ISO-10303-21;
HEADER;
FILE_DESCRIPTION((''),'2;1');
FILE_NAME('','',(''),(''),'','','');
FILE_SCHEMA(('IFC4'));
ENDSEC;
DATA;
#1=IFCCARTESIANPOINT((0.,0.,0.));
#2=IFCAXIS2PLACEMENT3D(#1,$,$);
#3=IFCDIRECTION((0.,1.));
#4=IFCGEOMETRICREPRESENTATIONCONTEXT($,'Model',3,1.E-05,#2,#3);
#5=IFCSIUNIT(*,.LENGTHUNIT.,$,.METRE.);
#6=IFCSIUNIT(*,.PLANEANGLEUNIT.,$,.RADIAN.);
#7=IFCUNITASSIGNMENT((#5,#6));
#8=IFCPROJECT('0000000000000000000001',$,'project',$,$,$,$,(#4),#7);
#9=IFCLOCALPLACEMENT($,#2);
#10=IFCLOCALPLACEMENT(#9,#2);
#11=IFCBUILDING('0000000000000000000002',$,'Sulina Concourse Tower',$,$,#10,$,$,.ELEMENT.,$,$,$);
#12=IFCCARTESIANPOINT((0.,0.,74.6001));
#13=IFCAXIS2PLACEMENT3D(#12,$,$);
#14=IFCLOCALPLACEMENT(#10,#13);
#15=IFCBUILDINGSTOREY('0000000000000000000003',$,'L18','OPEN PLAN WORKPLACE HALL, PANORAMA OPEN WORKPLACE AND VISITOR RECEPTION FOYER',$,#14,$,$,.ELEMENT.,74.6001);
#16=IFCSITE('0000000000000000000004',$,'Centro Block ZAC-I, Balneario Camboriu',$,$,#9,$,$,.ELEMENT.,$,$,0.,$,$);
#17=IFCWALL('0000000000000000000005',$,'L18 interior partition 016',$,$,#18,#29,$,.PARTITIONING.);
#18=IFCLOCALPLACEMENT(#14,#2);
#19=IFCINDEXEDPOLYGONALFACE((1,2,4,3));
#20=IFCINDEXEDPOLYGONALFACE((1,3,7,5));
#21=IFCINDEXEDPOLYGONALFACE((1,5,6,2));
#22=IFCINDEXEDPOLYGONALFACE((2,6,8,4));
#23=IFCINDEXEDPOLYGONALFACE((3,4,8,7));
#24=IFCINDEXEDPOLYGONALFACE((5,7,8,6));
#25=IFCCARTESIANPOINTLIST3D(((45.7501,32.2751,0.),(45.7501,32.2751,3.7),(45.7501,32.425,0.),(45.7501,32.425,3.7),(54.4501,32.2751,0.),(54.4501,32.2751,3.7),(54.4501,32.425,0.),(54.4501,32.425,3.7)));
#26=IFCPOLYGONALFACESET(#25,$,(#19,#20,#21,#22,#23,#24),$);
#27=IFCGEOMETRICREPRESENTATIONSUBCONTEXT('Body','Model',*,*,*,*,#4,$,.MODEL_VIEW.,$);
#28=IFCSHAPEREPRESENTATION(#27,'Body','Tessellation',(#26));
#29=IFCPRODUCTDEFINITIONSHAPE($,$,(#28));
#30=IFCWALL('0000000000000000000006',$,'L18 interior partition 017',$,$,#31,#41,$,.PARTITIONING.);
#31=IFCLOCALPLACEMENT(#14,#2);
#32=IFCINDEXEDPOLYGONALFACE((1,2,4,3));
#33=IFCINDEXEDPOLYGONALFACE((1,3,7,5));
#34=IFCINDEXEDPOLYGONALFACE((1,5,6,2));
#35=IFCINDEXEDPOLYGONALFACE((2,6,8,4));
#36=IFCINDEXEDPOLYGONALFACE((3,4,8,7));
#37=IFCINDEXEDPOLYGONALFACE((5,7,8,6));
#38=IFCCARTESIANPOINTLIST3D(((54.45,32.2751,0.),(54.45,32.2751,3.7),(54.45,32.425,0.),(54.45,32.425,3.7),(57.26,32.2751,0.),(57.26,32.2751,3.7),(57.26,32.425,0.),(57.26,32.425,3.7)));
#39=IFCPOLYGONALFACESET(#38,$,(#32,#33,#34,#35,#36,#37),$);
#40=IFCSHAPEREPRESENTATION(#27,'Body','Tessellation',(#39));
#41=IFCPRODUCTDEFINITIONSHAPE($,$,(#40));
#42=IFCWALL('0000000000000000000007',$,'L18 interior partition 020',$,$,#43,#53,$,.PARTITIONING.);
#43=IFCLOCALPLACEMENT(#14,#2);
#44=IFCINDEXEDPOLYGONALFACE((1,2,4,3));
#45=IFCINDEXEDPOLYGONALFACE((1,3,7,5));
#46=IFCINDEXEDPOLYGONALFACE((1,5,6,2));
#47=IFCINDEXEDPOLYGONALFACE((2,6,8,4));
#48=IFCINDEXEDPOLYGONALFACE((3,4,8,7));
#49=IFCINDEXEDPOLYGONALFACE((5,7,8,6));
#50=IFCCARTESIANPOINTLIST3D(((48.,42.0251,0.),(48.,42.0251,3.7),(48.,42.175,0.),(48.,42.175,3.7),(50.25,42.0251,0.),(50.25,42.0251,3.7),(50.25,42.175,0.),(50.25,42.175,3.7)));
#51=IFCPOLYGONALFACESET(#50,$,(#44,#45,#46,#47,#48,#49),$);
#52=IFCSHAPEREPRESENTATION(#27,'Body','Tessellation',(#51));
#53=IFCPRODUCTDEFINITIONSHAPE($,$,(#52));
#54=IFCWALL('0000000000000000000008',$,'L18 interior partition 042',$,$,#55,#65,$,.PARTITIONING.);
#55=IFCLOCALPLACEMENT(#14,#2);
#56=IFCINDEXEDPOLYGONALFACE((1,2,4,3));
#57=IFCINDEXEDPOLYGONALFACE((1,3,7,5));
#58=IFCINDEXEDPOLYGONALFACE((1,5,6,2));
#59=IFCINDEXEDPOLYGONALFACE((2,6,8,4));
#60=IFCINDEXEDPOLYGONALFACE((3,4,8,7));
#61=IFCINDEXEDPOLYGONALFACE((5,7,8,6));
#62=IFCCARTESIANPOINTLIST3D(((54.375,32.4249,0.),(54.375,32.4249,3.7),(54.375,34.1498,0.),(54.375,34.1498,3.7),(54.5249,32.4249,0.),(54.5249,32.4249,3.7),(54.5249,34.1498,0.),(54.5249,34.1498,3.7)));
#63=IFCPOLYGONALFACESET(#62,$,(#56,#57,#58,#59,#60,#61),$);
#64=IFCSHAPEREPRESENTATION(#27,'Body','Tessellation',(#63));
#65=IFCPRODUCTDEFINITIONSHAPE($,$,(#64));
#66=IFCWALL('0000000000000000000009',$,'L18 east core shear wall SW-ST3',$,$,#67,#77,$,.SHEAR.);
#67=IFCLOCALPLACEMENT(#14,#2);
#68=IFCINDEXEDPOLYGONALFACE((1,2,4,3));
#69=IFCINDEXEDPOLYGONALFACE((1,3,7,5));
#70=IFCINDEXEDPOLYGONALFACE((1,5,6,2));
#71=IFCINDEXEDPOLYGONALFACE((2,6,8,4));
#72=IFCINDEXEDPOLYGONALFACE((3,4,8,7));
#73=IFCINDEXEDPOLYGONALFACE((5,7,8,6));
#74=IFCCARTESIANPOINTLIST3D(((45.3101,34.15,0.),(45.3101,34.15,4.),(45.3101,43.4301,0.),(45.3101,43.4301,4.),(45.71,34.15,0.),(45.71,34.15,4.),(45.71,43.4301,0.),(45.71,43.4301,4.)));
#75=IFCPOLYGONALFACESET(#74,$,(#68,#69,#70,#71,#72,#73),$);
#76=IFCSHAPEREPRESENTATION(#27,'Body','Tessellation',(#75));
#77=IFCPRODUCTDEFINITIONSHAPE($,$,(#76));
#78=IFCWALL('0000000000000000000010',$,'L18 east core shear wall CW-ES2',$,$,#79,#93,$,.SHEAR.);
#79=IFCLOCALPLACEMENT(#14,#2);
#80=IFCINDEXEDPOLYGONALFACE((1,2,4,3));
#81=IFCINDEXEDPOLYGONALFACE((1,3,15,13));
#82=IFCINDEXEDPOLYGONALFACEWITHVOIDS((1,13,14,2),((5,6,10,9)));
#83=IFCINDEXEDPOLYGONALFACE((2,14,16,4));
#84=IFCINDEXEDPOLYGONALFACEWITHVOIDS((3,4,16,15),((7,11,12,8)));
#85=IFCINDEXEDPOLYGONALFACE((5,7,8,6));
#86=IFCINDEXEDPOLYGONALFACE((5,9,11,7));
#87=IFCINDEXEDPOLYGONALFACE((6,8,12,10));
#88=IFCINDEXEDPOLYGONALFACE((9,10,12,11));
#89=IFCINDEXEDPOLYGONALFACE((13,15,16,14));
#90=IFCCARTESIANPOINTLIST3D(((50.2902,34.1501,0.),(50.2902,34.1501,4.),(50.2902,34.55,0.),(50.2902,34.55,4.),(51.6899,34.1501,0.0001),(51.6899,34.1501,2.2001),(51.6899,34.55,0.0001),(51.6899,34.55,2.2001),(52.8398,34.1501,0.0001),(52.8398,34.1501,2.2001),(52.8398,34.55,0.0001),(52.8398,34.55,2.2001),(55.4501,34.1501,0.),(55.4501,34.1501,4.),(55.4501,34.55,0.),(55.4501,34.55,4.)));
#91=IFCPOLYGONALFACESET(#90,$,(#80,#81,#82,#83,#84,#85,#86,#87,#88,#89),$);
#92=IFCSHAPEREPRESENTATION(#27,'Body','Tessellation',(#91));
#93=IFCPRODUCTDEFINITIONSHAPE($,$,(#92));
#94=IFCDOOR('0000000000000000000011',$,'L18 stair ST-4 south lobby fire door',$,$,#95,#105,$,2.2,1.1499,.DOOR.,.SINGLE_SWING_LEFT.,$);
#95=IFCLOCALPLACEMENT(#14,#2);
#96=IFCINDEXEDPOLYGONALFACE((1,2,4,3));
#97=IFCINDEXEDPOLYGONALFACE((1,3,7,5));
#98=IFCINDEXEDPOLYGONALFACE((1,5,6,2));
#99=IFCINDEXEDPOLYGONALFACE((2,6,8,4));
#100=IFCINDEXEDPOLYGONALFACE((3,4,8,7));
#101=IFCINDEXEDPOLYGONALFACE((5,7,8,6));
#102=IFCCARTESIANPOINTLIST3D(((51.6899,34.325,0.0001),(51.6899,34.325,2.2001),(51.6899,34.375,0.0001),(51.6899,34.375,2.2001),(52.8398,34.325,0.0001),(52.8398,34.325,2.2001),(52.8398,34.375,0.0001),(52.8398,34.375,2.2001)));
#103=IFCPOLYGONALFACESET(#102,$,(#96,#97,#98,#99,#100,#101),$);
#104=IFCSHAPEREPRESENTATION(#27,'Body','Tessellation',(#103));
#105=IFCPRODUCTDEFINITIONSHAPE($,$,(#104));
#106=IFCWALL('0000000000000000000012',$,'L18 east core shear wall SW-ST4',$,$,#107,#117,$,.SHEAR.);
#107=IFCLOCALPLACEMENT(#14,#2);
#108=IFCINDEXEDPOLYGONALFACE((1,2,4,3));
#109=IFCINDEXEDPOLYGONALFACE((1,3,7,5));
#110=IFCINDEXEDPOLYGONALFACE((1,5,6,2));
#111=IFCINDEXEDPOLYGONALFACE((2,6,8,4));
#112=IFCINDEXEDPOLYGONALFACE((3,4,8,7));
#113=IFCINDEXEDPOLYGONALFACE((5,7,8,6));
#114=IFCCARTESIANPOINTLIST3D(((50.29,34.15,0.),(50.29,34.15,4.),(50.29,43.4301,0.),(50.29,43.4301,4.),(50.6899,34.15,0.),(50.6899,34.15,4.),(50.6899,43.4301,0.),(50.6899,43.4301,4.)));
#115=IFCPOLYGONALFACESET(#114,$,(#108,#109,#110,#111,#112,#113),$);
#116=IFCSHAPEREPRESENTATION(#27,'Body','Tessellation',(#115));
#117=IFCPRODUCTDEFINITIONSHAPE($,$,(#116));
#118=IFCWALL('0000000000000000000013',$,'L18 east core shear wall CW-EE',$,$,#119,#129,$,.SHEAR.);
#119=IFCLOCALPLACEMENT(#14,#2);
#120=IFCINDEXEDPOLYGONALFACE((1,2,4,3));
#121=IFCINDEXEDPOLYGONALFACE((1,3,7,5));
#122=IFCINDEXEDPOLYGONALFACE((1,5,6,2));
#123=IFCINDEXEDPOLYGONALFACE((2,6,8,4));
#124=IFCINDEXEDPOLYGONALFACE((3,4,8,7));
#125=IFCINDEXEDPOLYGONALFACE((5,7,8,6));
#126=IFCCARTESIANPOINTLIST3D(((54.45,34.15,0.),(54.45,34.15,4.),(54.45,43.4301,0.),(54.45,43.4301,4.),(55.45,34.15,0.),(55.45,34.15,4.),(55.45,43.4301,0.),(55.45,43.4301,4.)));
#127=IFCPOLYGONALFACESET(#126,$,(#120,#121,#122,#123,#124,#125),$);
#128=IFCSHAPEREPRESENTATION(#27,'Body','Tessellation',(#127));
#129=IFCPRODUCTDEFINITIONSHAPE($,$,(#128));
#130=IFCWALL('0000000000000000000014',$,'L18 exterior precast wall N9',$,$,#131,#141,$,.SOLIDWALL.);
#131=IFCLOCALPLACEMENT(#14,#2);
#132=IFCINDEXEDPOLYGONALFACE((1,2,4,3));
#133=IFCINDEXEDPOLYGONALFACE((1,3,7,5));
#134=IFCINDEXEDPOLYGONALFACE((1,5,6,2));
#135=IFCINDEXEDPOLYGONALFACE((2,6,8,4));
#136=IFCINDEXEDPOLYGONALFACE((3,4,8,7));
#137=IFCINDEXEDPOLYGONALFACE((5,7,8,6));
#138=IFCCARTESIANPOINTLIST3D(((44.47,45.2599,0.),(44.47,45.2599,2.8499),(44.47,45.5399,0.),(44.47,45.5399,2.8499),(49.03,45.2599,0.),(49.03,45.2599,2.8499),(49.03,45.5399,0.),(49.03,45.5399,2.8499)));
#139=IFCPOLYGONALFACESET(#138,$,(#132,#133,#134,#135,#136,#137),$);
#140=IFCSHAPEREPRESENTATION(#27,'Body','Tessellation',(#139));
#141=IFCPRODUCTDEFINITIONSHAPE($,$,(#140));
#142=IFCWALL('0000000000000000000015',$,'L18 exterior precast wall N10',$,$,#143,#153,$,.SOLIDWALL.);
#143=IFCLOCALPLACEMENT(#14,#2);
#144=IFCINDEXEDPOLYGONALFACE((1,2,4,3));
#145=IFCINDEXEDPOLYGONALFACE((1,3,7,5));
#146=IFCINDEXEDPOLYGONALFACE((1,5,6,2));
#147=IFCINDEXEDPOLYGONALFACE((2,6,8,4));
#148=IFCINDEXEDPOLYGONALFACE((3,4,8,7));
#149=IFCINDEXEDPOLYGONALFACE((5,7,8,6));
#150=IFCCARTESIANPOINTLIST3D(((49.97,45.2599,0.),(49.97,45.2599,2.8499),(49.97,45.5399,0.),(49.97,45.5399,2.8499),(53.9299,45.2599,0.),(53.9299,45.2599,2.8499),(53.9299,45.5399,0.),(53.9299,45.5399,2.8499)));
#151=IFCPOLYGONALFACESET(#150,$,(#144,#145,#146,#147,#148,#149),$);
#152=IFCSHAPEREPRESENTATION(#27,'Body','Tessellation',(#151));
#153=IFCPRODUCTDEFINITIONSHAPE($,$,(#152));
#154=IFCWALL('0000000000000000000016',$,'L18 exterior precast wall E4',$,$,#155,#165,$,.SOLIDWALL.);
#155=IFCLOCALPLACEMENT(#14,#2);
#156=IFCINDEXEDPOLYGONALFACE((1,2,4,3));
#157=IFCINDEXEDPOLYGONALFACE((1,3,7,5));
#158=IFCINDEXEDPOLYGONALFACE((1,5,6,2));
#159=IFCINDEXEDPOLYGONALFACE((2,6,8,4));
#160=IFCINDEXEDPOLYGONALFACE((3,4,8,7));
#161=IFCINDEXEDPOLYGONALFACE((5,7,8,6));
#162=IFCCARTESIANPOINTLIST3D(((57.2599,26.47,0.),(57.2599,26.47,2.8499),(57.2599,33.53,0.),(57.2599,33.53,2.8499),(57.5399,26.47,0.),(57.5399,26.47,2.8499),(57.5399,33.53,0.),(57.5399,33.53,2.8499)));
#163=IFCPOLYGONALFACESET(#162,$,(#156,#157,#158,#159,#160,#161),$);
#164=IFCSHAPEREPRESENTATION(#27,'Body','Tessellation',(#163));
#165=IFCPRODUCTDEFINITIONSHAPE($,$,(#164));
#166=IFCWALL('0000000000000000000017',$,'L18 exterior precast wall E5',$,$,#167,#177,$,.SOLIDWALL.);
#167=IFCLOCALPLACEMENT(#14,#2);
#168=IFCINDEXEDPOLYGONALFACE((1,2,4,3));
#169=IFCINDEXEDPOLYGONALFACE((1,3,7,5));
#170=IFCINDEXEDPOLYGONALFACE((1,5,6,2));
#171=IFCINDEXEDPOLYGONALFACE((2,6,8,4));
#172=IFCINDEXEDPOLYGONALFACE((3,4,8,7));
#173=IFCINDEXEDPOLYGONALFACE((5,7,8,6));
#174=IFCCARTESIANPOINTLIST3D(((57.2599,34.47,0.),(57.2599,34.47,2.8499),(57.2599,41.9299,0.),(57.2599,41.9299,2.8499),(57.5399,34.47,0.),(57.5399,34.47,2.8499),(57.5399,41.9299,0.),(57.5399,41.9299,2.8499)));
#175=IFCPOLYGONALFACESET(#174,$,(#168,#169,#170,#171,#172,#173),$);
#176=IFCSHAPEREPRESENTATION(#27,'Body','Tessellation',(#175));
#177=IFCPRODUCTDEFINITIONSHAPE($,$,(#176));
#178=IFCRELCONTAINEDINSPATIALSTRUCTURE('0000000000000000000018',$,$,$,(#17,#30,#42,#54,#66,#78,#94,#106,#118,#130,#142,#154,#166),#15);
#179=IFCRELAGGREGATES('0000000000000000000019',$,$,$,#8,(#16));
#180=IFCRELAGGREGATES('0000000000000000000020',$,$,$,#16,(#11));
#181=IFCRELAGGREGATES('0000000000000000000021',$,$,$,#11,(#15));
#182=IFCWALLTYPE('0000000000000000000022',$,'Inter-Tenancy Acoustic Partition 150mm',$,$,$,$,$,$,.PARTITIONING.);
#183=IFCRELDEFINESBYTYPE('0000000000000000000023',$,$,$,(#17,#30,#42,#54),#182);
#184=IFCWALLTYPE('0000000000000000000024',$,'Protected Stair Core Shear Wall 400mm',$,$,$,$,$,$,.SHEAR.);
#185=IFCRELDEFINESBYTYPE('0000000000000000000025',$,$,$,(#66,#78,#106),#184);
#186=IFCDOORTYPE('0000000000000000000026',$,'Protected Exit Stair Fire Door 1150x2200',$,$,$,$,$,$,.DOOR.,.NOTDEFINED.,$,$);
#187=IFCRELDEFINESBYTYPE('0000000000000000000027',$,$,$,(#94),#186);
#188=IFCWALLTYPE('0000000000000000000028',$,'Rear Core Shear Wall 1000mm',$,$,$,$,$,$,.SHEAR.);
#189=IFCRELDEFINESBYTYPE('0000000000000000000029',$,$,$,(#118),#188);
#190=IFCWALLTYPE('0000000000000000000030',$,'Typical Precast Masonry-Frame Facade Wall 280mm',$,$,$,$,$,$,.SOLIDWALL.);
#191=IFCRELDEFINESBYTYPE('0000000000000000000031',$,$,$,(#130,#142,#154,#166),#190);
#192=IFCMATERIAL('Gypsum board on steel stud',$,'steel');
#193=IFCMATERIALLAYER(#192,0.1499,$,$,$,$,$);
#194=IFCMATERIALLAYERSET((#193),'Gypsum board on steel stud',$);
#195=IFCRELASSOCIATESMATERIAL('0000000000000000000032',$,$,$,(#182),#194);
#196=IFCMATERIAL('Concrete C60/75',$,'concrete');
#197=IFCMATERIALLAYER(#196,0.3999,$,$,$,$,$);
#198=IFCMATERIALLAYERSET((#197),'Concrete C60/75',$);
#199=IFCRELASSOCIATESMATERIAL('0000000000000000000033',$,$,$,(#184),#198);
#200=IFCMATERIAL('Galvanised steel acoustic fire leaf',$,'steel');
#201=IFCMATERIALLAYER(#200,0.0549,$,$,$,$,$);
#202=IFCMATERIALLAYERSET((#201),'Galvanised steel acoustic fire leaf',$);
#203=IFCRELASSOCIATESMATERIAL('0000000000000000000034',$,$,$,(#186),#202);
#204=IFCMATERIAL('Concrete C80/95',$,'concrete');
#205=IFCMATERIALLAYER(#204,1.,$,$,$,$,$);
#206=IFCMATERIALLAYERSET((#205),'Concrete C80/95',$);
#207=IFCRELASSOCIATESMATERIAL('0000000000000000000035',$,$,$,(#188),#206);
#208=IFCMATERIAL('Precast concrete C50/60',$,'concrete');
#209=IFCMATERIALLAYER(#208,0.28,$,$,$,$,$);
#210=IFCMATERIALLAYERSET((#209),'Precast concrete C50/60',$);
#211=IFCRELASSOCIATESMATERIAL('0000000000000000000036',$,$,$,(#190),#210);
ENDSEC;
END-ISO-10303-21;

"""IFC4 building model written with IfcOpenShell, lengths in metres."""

from ifc_helpers import new_model, si_unit, direction, frame, frame_2d, origin, place, context, subcontext, project, spatial, rectangle, extrude, material, layer, layer_set, type_object, element, fill, save


model = new_model("IFC4")

# Units and contexts
model_context = context("Model", 3, precision=1e-05, world=origin(), true_north=direction((0.0, 1.0)))
body_context = subcontext(model_context, "Body", "Model", "MODEL_VIEW")
ifc_project = project(units=[si_unit("LENGTHUNIT", "METRE"), si_unit("PLANEANGLEUNIT", "RADIAN")], contexts=[model_context])

# Site, building, storey
site_placement = place(None, origin())
site = spatial("IfcSite", under=ifc_project, at=site_placement, Name="Centro Block ZAC-I, Balneario Camboriu", CompositionType="ELEMENT", RefElevation=0.0)
building_placement = place(site_placement, origin())
building = spatial("IfcBuilding", under=site, at=building_placement, Name="Sulina Concourse Tower", CompositionType="ELEMENT")
storey_placement = place(building_placement, frame((0.0, 0.0, 74.6001)))
storey = spatial("IfcBuildingStorey", under=building, at=storey_placement, Name="L18", Description="OPEN PLAN WORKPLACE HALL, PANORAMA OPEN WORKPLACE AND VISITOR RECEPTION FOYER", CompositionType="ELEMENT", Elevation=74.6001)

# Walls
ifc_material_1 = material(Name="Gypsum board on steel stud", Category="steel")
ifc_layer_1 = layer(ifc_material_1, 0.1499)
ifc_layer_set_1 = layer_set([ifc_layer_1], Name="Gypsum board on steel stud")
wall_type_1 = type_object("IfcWallType", Name="Inter-Tenancy Acoustic Partition 150mm", PredefinedType="PARTITIONING", material=ifc_layer_set_1)
wall_1_placement = place(storey_placement, frame((45.75, 32.3501, 0.0), z_axis=(0.0, 0.0, 1.0), x_axis=(1.0, 0.0, 0.0)))
element("IfcWall", 1, at=wall_1_placement, inside=storey, type_object=wall_type_1, Name="L18 interior partition 016", PredefinedType="PARTITIONING", context=body_context, shape_type="SweptSolid", body=[
    extrude(rectangle(XDim=8.7, YDim=0.1499, at=frame_2d((4.3501, 0.0))), origin(), (0.0, 0.0, 1.0), 3.7),
])
wall_2_placement = place(storey_placement, frame((54.45, 32.3501, 0.0), z_axis=(0.0, 0.0, 1.0), x_axis=(1.0, 0.0, 0.0)))
element("IfcWall", 2, at=wall_2_placement, inside=storey, type_object=wall_type_1, Name="L18 interior partition 017", PredefinedType="PARTITIONING", context=body_context, shape_type="SweptSolid", body=[
    extrude(rectangle(XDim=2.8101, YDim=0.1499, at=frame_2d((1.405, 0.0))), origin(), (0.0, 0.0, 1.0), 3.7),
])
wall_3_placement = place(storey_placement, frame((48.0, 42.1001, 0.0), z_axis=(0.0, 0.0, 1.0), x_axis=(1.0, 0.0, 0.0)))
element("IfcWall", 3, at=wall_3_placement, inside=storey, type_object=wall_type_1, Name="L18 interior partition 020", PredefinedType="PARTITIONING", context=body_context, shape_type="SweptSolid", body=[
    extrude(rectangle(XDim=2.25, YDim=0.1499, at=frame_2d((1.125, 0.0))), origin(), (0.0, 0.0, 1.0), 3.7),
])
wall_4_placement = place(storey_placement, frame((54.45, 32.425, 0.0), z_axis=(0.0, 0.0, 1.0), x_axis=(0.0, 1.0, 0.0)))
element("IfcWall", 4, at=wall_4_placement, inside=storey, type_object=wall_type_1, Name="L18 interior partition 042", PredefinedType="PARTITIONING", context=body_context, shape_type="SweptSolid", body=[
    extrude(rectangle(XDim=1.7249, YDim=0.1499, at=frame_2d((0.8623, 0.0))), origin(), (0.0, 0.0, 1.0), 3.7),
])
ifc_material_2 = material(Name="Concrete C60/75", Category="concrete")
ifc_layer_2 = layer(ifc_material_2, 0.3999)
ifc_layer_set_2 = layer_set([ifc_layer_2], Name="Concrete C60/75")
wall_type_2 = type_object("IfcWallType", Name="Protected Stair Core Shear Wall 400mm", PredefinedType="SHEAR", material=ifc_layer_set_2)
wall_5_placement = place(storey_placement, frame((45.51, 34.1499, 0.0), z_axis=(0.0, 0.0, 1.0), x_axis=(0.0, 1.0, 0.0)))
element("IfcWall", 5, at=wall_5_placement, inside=storey, type_object=wall_type_2, Name="L18 east core shear wall SW-ST3", PredefinedType="SHEAR", context=body_context, shape_type="SweptSolid", body=[
    extrude(rectangle(XDim=9.28, YDim=0.3999, at=frame_2d((4.6401, 0.0))), origin(), (0.0, 0.0, 1.0), 4.0),
])

# Wall, opening, door
wall_6_placement = place(storey_placement, frame((50.29, 34.3501, 0.0), z_axis=(0.0, 0.0, 1.0), x_axis=(1.0, 0.0, 0.0)))
wall_6 = element("IfcWall", 6, at=wall_6_placement, inside=storey, type_object=wall_type_2, Name="L18 east core shear wall CW-ES2", PredefinedType="SHEAR", context=body_context, shape_type="SweptSolid", body=[
    extrude(rectangle(XDim=5.1599, YDim=0.3999, at=frame_2d((2.5801, 0.0))), origin(), (0.0, 0.0, 1.0), 4.0),
])
opening_1_placement = place(wall_6_placement, frame((1.3999, 0.0, 0.0)))
opening_1 = element("IfcOpeningElement", 7, at=opening_1_placement, cuts=wall_6, PredefinedType="OPENING", context=body_context, shape_type="SweptSolid", body=[
    extrude(rectangle(XDim=1.1499, YDim=2.2, at=frame_2d((0.575, 1.1001))), frame((0.0, 0.21, 0.0), z_axis=(0.0, -1.0, 0.0), x_axis=(1.0, 0.0, 0.0)), (0.0, 0.0, 1.0), 0.4199),
])
ifc_material_3 = material(Name="Galvanised steel acoustic fire leaf", Category="steel")
ifc_layer_3 = layer(ifc_material_3, 0.0549)
ifc_layer_set_3 = layer_set([ifc_layer_3], Name="Galvanised steel acoustic fire leaf")
door_type_1 = type_object("IfcDoorType", Name="Protected Exit Stair Fire Door 1150x2200", OperationType="NOTDEFINED", PredefinedType="DOOR", material=ifc_layer_set_3)
door_1_placement = place(opening_1_placement, origin())
door_1 = element("IfcDoor", 8, at=door_1_placement, inside=storey, type_object=door_type_1, Name="L18 stair ST-4 south lobby fire door", OperationType="SINGLE_SWING_LEFT", OverallHeight=2.2, OverallWidth=1.1499, PredefinedType="DOOR", context=body_context, shape_type="SweptSolid", body=[
    extrude(rectangle(XDim=1.1499, YDim=2.2, at=frame_2d((0.575, 1.1001))), frame((0.0, 0.0249, 0.0), z_axis=(0.0, -1.0, 0.0), x_axis=(1.0, 0.0, 0.0)), (0.0, 0.0, 1.0), 0.05),
])
fill(opening_1, door_1)

# Walls
wall_7_placement = place(storey_placement, frame((50.49, 34.1499, 0.0), z_axis=(0.0, 0.0, 1.0), x_axis=(0.0, 1.0, 0.0)))
element("IfcWall", 9, at=wall_7_placement, inside=storey, type_object=wall_type_2, Name="L18 east core shear wall SW-ST4", PredefinedType="SHEAR", context=body_context, shape_type="SweptSolid", body=[
    extrude(rectangle(XDim=9.28, YDim=0.3999, at=frame_2d((4.6401, 0.0))), origin(), (0.0, 0.0, 1.0), 4.0),
])
ifc_material_4 = material(Name="Concrete C80/95", Category="concrete")
ifc_layer_4 = layer(ifc_material_4, 1.0)
ifc_layer_set_4 = layer_set([ifc_layer_4], Name="Concrete C80/95")
wall_type_3 = type_object("IfcWallType", Name="Rear Core Shear Wall 1000mm", PredefinedType="SHEAR", material=ifc_layer_set_4)
wall_8_placement = place(storey_placement, frame((54.95, 34.1499, 0.0), z_axis=(0.0, 0.0, 1.0), x_axis=(0.0, 1.0, 0.0)))
element("IfcWall", 10, at=wall_8_placement, inside=storey, type_object=wall_type_3, Name="L18 east core shear wall CW-EE", PredefinedType="SHEAR", context=body_context, shape_type="SweptSolid", body=[
    extrude(rectangle(XDim=9.28, YDim=1.0, at=frame_2d((4.6401, 0.0))), origin(), (0.0, 0.0, 1.0), 4.0),
])
ifc_material_5 = material(Name="Precast concrete C50/60", Category="concrete")
ifc_layer_5 = layer(ifc_material_5, 0.28)
ifc_layer_set_5 = layer_set([ifc_layer_5], Name="Precast concrete C50/60")
wall_type_4 = type_object("IfcWallType", Name="Typical Precast Masonry-Frame Facade Wall 280mm", PredefinedType="SOLIDWALL", material=ifc_layer_set_5)
wall_9_placement = place(storey_placement, frame((44.47, 45.3999, 0.0), z_axis=(0.0, 0.0, 1.0), x_axis=(1.0, 0.0, 0.0)))
element("IfcWall", 11, at=wall_9_placement, inside=storey, type_object=wall_type_4, Name="L18 exterior precast wall N9", PredefinedType="SOLIDWALL", context=body_context, shape_type="SweptSolid", body=[
    extrude(rectangle(XDim=4.5601, YDim=0.28, at=frame_2d((2.28, 0.0))), origin(), (0.0, 0.0, 1.0), 2.8499),
])
wall_10_placement = place(storey_placement, frame((49.97, 45.3999, 0.0), z_axis=(0.0, 0.0, 1.0), x_axis=(1.0, 0.0, 0.0)))
element("IfcWall", 12, at=wall_10_placement, inside=storey, type_object=wall_type_4, Name="L18 exterior precast wall N10", PredefinedType="SOLIDWALL", context=body_context, shape_type="SweptSolid", body=[
    extrude(rectangle(XDim=3.96, YDim=0.28, at=frame_2d((1.98, 0.0))), origin(), (0.0, 0.0, 1.0), 2.8499),
])
wall_11_placement = place(storey_placement, frame((57.3999, 33.53, 0.0), z_axis=(0.0, 0.0, 1.0), x_axis=(0.0, -1.0, 0.0)))
element("IfcWall", 13, at=wall_11_placement, inside=storey, type_object=wall_type_4, Name="L18 exterior precast wall E4", PredefinedType="SOLIDWALL", context=body_context, shape_type="SweptSolid", body=[
    extrude(rectangle(XDim=7.0601, YDim=0.28, at=frame_2d((3.53, 0.0))), origin(), (0.0, 0.0, 1.0), 2.8499),
])
wall_12_placement = place(storey_placement, frame((57.3999, 41.9299, 0.0), z_axis=(0.0, 0.0, 1.0), x_axis=(0.0, -1.0, 0.0)))
element("IfcWall", 14, at=wall_12_placement, inside=storey, type_object=wall_type_4, Name="L18 exterior precast wall E5", PredefinedType="SOLIDWALL", context=body_context, shape_type="SweptSolid", body=[
    extrude(rectangle(XDim=7.46, YDim=0.28, at=frame_2d((3.73, 0.0))), origin(), (0.0, 0.0, 1.0), 2.8499),
])

save(model, "model.ifc")
